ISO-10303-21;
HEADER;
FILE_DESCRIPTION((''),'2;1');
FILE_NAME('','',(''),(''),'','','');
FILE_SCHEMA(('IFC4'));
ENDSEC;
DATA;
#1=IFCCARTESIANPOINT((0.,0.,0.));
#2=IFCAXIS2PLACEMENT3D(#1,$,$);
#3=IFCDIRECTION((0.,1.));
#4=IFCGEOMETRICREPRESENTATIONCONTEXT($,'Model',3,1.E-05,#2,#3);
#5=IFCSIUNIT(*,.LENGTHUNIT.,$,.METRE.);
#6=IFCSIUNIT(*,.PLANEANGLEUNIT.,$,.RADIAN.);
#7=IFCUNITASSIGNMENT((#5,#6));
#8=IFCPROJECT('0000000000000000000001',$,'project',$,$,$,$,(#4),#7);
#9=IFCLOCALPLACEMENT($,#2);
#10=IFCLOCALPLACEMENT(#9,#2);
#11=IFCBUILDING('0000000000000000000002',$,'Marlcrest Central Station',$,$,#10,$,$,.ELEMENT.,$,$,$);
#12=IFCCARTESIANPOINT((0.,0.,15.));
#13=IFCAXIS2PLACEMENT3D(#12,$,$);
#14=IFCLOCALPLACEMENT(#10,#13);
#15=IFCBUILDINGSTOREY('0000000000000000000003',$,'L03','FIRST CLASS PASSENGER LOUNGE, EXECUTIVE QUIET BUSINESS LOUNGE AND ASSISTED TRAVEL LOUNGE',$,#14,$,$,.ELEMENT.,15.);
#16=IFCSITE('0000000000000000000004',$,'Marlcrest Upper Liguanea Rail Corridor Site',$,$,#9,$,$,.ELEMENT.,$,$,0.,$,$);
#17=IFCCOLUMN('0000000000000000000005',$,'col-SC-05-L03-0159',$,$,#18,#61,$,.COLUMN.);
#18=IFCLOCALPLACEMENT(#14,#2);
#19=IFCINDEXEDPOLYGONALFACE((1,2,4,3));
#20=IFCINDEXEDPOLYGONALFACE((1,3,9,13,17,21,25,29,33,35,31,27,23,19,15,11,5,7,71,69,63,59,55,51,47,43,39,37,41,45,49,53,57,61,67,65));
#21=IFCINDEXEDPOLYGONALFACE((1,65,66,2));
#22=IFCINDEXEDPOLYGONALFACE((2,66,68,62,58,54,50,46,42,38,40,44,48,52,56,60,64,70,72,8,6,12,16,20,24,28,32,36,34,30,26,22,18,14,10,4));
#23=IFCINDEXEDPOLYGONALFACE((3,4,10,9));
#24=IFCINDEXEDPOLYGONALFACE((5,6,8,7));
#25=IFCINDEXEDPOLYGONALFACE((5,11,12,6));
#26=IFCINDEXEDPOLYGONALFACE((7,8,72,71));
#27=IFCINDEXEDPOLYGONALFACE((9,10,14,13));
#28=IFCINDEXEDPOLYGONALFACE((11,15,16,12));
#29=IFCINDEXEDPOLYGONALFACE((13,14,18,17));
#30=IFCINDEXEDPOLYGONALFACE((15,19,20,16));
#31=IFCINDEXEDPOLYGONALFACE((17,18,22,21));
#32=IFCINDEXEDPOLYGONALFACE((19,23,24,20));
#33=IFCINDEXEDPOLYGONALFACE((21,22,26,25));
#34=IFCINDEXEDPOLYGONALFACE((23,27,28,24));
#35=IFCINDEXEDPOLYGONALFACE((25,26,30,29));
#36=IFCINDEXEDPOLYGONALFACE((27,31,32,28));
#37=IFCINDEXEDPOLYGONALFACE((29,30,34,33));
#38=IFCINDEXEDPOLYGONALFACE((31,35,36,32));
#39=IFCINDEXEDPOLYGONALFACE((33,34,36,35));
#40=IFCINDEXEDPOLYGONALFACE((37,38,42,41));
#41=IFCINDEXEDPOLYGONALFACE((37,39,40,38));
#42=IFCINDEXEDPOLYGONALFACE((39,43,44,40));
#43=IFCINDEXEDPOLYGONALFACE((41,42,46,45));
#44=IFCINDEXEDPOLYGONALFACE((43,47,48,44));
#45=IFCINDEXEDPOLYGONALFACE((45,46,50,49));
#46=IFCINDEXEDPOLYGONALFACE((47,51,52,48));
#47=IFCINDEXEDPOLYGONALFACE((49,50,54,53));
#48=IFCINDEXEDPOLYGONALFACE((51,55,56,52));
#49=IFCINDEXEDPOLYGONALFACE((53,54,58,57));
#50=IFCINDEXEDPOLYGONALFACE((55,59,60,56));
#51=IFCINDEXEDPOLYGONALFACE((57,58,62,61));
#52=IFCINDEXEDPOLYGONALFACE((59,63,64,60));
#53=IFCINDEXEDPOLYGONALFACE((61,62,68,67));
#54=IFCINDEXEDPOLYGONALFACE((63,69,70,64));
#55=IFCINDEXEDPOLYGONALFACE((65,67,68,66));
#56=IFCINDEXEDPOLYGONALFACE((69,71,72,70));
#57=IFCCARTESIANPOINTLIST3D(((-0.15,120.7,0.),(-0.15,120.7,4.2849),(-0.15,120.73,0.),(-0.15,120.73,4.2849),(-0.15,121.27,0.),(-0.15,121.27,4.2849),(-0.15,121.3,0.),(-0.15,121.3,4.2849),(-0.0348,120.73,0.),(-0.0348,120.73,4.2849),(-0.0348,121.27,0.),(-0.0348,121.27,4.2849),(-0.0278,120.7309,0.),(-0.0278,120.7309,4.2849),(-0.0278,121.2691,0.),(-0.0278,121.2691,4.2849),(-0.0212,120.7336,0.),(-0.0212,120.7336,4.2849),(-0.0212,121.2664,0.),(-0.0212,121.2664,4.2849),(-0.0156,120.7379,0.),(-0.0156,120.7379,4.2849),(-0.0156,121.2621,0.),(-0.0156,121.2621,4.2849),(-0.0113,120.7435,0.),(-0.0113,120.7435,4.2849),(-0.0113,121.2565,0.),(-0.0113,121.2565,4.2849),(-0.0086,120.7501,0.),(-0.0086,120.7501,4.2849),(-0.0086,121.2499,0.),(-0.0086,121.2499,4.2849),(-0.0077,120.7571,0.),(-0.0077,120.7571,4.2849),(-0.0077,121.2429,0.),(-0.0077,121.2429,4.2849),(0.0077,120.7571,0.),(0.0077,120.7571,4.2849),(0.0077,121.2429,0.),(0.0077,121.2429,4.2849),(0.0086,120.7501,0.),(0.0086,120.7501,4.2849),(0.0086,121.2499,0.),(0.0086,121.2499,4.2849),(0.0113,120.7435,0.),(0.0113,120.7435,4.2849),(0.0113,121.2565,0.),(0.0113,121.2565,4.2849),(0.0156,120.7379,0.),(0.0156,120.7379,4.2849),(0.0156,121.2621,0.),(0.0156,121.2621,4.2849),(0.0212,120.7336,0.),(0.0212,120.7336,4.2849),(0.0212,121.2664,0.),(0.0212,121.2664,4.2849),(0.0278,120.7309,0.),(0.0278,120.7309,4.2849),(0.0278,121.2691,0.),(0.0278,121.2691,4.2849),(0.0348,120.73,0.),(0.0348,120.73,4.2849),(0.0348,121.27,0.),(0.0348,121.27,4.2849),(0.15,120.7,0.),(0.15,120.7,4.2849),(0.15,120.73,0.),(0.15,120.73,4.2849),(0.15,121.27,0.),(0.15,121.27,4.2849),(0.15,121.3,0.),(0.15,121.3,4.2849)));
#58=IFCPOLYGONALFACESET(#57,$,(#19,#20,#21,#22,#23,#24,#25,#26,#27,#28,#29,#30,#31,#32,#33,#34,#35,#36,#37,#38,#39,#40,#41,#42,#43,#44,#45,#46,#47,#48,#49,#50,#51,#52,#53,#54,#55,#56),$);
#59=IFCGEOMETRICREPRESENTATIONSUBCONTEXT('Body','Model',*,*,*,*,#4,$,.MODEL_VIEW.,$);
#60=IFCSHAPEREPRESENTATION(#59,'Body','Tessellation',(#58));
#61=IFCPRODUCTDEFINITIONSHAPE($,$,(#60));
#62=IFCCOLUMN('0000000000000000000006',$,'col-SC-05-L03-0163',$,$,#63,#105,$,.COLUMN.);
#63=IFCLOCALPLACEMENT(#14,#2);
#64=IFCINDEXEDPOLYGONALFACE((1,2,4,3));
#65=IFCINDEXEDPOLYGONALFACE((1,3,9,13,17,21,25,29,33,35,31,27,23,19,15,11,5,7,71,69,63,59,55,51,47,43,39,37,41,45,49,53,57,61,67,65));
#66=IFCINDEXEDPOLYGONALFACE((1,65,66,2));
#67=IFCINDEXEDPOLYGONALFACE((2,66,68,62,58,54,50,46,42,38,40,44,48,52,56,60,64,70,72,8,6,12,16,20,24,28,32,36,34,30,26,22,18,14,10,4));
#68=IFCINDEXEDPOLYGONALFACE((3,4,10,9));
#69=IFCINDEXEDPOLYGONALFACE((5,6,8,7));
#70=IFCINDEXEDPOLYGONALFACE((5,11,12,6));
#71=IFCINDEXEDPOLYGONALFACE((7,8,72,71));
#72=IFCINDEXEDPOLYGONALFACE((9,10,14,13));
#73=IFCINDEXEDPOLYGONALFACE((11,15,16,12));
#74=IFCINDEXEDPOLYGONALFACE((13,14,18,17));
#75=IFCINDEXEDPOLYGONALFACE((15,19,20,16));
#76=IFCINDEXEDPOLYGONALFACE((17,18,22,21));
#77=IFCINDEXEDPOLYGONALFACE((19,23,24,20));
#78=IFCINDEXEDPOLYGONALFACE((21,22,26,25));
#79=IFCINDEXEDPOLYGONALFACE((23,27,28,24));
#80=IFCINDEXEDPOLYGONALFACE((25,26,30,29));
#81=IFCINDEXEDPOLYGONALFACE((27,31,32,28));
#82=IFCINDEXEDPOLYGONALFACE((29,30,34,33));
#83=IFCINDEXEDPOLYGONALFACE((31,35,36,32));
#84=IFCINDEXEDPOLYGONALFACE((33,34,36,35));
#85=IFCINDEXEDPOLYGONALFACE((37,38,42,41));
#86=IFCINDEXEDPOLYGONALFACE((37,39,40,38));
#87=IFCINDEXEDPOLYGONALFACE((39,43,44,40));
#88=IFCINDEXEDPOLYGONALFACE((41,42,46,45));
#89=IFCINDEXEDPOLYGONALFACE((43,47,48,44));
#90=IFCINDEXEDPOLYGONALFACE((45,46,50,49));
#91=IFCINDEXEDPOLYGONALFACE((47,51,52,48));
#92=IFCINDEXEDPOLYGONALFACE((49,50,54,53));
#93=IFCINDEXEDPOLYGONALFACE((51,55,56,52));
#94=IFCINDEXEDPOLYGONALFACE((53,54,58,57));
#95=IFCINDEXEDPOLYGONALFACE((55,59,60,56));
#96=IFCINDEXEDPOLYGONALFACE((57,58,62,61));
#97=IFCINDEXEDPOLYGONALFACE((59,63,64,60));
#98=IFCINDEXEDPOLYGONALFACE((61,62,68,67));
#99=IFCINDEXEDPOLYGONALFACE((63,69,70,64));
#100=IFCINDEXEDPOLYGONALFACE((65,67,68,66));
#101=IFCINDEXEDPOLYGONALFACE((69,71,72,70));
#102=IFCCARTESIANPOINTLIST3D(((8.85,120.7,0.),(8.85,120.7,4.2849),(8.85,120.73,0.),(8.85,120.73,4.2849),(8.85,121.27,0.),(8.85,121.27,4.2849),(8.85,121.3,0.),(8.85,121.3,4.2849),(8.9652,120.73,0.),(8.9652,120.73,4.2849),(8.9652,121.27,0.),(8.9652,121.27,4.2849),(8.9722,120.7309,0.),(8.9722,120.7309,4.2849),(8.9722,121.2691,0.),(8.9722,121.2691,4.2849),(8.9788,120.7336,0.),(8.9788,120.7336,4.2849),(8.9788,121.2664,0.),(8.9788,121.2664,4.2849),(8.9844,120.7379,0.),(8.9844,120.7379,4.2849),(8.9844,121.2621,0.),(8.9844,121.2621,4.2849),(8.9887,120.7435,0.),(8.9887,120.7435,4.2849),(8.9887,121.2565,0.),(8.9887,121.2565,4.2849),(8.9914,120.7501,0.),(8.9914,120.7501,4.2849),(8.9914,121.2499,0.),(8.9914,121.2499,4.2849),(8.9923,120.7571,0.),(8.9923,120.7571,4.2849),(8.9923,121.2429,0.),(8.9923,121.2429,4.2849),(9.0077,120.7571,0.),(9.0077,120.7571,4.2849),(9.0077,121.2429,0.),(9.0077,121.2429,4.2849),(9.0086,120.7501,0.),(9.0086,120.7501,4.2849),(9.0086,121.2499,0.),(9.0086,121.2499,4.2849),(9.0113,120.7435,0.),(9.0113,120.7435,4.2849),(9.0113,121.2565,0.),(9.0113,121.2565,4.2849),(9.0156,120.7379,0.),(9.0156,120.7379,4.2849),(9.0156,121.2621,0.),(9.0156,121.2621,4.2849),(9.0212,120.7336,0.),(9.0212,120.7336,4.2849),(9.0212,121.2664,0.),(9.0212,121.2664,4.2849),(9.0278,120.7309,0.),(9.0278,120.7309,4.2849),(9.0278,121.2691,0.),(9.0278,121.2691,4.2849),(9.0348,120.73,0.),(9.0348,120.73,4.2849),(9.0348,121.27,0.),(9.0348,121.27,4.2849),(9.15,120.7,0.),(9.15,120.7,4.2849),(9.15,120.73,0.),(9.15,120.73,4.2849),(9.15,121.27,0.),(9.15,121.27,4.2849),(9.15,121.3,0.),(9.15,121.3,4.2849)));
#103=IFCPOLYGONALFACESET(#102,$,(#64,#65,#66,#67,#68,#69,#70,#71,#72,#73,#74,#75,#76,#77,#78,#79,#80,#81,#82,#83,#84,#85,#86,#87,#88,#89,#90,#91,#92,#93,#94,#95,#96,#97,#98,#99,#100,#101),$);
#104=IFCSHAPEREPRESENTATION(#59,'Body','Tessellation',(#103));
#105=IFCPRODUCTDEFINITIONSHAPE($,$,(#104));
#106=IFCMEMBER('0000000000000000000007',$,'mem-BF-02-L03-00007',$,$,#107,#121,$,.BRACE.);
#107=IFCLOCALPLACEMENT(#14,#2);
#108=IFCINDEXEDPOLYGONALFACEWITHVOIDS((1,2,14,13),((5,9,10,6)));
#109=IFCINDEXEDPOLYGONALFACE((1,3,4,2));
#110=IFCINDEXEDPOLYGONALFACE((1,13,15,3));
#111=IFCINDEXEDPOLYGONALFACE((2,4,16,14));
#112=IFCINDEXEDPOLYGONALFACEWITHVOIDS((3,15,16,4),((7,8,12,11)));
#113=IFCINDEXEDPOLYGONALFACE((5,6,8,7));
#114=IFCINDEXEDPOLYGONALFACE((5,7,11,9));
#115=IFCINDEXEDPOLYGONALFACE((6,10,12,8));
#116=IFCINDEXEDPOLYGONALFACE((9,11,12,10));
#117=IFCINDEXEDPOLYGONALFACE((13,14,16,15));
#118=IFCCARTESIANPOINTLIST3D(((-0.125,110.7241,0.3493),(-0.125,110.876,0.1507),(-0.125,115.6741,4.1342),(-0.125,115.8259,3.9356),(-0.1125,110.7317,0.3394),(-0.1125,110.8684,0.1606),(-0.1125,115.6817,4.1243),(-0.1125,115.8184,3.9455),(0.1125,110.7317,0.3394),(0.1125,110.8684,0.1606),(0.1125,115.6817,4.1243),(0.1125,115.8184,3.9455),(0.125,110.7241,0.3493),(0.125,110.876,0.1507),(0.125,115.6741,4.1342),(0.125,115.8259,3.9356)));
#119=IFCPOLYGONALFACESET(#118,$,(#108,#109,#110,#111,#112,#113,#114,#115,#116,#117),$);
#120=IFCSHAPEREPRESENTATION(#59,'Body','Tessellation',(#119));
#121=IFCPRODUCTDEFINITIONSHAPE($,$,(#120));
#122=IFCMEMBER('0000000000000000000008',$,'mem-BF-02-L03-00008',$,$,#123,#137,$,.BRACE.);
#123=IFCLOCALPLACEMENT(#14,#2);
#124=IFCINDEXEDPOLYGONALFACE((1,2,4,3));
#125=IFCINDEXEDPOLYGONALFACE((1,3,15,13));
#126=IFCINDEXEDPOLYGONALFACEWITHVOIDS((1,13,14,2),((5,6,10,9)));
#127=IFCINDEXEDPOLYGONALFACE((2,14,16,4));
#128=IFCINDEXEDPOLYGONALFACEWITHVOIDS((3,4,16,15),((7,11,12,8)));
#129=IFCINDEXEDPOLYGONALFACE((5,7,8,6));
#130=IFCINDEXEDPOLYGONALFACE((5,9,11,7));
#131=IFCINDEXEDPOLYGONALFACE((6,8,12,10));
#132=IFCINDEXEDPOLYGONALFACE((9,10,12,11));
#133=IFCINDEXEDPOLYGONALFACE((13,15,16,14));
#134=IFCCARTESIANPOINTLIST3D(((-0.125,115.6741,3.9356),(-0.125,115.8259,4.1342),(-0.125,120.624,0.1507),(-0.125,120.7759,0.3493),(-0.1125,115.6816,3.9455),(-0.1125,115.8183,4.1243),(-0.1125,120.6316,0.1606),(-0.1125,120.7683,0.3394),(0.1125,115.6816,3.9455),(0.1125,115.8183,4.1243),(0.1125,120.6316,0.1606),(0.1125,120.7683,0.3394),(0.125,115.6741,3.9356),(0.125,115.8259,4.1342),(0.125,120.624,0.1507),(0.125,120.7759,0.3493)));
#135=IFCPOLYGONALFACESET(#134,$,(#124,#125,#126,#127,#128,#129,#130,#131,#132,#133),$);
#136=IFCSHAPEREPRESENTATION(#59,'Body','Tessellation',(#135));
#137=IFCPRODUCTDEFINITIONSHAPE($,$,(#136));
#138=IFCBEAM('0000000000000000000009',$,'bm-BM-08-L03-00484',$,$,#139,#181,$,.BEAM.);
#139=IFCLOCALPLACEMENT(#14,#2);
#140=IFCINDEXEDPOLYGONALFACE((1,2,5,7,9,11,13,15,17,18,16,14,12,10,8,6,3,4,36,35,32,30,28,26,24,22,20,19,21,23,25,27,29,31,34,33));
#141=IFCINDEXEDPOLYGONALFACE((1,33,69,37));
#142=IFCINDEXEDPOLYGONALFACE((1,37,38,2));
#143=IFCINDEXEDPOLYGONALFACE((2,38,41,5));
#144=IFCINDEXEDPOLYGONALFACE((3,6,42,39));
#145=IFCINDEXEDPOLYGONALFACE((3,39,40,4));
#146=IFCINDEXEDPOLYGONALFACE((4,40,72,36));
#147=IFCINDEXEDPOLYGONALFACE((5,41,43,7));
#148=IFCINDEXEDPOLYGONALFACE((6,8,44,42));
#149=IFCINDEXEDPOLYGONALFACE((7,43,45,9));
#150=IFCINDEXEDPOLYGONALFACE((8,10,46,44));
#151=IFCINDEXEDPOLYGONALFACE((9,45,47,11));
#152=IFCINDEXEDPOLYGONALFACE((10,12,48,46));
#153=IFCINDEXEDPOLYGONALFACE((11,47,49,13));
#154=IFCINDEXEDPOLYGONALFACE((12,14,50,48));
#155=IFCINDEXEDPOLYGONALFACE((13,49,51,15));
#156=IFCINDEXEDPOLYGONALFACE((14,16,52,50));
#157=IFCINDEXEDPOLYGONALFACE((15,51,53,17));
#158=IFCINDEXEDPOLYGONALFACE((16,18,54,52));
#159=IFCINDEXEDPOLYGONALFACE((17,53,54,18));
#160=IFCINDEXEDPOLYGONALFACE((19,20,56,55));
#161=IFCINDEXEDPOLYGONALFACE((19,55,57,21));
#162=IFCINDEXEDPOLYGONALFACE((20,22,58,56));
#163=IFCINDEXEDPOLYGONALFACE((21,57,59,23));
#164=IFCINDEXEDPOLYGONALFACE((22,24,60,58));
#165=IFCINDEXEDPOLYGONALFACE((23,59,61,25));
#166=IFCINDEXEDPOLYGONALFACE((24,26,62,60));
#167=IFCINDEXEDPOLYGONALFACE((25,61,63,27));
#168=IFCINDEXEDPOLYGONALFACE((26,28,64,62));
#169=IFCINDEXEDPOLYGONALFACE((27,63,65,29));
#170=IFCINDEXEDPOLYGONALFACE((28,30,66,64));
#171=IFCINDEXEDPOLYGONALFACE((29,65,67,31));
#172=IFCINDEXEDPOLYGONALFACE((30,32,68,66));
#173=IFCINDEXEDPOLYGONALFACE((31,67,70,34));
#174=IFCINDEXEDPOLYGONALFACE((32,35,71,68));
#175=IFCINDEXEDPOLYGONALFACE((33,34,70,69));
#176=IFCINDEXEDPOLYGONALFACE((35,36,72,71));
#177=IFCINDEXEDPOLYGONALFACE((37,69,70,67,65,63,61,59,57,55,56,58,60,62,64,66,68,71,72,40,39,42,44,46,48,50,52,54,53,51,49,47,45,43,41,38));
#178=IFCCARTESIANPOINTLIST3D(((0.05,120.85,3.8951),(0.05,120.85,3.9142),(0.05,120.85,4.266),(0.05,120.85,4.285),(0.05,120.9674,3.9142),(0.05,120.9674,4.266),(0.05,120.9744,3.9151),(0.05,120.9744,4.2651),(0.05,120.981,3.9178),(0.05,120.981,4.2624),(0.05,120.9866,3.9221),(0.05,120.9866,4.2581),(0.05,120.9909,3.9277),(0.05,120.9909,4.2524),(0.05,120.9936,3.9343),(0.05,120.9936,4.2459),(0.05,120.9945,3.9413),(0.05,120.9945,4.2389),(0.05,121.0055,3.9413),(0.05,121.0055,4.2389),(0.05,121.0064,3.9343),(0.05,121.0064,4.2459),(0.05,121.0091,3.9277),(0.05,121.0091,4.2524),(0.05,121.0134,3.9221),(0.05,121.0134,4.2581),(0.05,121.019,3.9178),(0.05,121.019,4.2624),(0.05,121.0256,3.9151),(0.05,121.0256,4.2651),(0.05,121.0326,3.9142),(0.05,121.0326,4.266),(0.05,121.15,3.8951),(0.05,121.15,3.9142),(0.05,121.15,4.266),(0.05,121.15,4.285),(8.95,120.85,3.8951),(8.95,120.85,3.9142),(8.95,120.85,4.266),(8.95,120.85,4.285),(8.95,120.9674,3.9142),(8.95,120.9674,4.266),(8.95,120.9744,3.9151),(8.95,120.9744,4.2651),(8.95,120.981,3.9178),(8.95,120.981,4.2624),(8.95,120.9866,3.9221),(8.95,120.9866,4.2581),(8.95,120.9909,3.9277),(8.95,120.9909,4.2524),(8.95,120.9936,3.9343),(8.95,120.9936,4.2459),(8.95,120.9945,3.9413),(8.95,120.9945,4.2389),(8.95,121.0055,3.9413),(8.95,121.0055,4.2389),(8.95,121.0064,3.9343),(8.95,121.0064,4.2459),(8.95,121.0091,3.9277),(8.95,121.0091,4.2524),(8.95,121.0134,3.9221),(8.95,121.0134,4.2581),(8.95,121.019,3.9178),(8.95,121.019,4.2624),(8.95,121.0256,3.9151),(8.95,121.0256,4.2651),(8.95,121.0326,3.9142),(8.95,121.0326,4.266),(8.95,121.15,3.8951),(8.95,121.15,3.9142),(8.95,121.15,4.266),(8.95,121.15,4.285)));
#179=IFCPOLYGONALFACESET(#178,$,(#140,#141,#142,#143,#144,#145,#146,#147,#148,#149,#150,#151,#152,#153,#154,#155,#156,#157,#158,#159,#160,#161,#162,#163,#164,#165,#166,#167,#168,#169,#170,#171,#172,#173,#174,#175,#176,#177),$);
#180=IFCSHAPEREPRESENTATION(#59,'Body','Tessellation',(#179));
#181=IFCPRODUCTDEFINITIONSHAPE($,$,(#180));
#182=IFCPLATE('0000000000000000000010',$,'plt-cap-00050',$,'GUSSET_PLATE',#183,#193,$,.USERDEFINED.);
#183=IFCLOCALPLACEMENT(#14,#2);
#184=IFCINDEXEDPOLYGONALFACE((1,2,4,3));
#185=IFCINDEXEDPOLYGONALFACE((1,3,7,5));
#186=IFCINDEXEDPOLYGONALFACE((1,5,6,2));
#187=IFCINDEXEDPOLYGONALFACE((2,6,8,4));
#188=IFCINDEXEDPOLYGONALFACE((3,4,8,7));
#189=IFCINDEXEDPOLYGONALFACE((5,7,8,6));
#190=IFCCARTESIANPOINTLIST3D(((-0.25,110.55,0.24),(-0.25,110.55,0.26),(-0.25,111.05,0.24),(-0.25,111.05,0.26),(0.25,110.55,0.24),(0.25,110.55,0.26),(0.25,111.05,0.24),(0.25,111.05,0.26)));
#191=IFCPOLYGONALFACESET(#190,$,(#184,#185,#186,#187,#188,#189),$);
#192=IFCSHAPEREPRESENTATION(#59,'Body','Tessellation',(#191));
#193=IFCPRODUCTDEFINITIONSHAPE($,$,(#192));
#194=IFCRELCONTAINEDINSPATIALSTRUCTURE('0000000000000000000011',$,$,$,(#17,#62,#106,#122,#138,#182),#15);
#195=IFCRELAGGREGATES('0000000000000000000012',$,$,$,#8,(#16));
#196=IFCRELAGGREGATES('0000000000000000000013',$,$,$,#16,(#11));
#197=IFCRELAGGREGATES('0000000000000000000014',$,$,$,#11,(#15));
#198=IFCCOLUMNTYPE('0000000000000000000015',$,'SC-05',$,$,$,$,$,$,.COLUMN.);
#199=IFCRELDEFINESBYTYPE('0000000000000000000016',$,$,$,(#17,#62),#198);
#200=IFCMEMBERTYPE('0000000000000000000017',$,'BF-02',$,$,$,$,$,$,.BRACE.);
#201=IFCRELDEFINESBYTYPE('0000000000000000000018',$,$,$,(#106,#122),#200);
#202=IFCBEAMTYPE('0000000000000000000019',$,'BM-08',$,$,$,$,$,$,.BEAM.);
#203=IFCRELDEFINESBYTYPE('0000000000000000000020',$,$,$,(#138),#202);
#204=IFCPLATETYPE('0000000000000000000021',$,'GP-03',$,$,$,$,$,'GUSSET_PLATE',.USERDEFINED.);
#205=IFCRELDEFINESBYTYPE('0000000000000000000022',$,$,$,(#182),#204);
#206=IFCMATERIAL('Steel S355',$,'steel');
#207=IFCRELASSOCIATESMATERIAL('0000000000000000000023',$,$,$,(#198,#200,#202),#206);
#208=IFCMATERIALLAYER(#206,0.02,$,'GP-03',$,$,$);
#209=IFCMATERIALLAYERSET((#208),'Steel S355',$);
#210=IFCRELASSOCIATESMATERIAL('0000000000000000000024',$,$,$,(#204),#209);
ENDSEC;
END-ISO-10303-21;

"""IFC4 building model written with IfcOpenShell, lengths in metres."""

from ifc_helpers import new_model, si_unit, direction, frame, origin, origin_2d, place, context, subcontext, project, spatial, rectangle, hollow_rectangle, i_section, extrude, material, layer, layer_set, material_profile, profile_set, type_object, element, save


model = new_model("IFC4")

# Units and contexts
model_context = context("Model", 3, precision=1e-05, world=origin(), true_north=direction((0.0, 1.0)))
body_context = subcontext(model_context, "Body", "Model", "MODEL_VIEW")
ifc_project = project(units=[si_unit("LENGTHUNIT", "METRE"), si_unit("PLANEANGLEUNIT", "RADIAN")], contexts=[model_context])

# Site, building, storey
site_placement = place(None, origin())
site = spatial("IfcSite", under=ifc_project, at=site_placement, Name="Marlcrest Upper Liguanea Rail Corridor Site", CompositionType="ELEMENT", RefElevation=0.0)
building_placement = place(site_placement, origin())
building = spatial("IfcBuilding", under=site, at=building_placement, Name="Marlcrest Central Station", CompositionType="ELEMENT")
storey_placement = place(building_placement, frame((0.0, 0.0, 15.0)))
storey = spatial("IfcBuildingStorey", under=building, at=storey_placement, Name="L03", Description="FIRST CLASS PASSENGER LOUNGE, EXECUTIVE QUIET BUSINESS LOUNGE AND ASSISTED TRAVEL LOUNGE", CompositionType="ELEMENT", Elevation=15.0)

# Columns
ifc_material_1 = material(Name="Steel S355", Category="steel")
ifc_material_profile_1 = material_profile(ifc_material_1, i_section(OverallWidth=0.3, OverallDepth=0.6001, WebThickness=0.0154, FlangeThickness=0.03, FilletRadius=0.0271, at=origin_2d()), Name="HEB 600")
ifc_profile_set_1 = profile_set([ifc_material_profile_1], Name="Steel S355")
column_type = type_object("IfcColumnType", Name="SC-05", PredefinedType="COLUMN", material=ifc_profile_set_1)
for number, where, z_axis, x_axis, name in (
    (1, (0.0, 121.0, 0.0), (0.0, 0.0, 1.0), (1.0, 0.0, 0.0), "col-SC-05-L03-0159"),
    (2, (9.0, 121.0, 0.0), (0.0, 0.0, 1.0), (1.0, 0.0, 0.0), "col-SC-05-L03-0163"),
):
    element("IfcColumn", number, at=place(storey_placement, frame(where, z_axis=z_axis, x_axis=x_axis)), inside=storey, type_object=column_type, Name=name, PredefinedType="COLUMN", context=body_context, shape_type="SweptSolid", body=[
        extrude(i_section(OverallWidth=0.3, OverallDepth=0.6001, WebThickness=0.0154, FlangeThickness=0.03, FilletRadius=0.0271, at=origin_2d()), origin(), (0.0, 0.0, 1.0), 4.2849),
    ])

# Members
ifc_material_profile_2 = material_profile(ifc_material_1, hollow_rectangle(XDim=0.25, YDim=0.25, WallThickness=0.0125, at=origin_2d()), Name="SHS 250x250x12.5")
ifc_profile_set_2 = profile_set([ifc_material_profile_2], Name="Steel S355")
member_type = type_object("IfcMemberType", Name="BF-02", PredefinedType="BRACE", material=ifc_profile_set_2)
for number, where, z_axis, x_axis, name in (
    (3, (0.0, 110.8, 0.25), (0.0, 0.794385, 0.607415), (-1.0, 0.0, 0.0), "mem-BF-02-L03-00007"),
    (4, (0.0, 120.7, 0.25), (0.0, -0.794385, 0.607415), (1.0, 0.0, 0.0), "mem-BF-02-L03-00008"),
):
    element("IfcMember", number, at=place(storey_placement, frame(where, z_axis=z_axis, x_axis=x_axis)), inside=storey, type_object=member_type, Name=name, PredefinedType="BRACE", context=body_context, shape_type="SweptSolid", body=[
        extrude(hollow_rectangle(XDim=0.25, YDim=0.25, WallThickness=0.0125, at=origin_2d()), origin(), (0.0, 0.0, 1.0), 6.2312),
    ])

# Beam
ifc_material_profile_3 = material_profile(ifc_material_1, i_section(OverallWidth=0.3, OverallDepth=0.3899, WebThickness=0.011, FlangeThickness=0.019, FilletRadius=0.0271, at=origin_2d()), Name="HEA 400")
ifc_profile_set_3 = profile_set([ifc_material_profile_3], Name="Steel S355")
beam_type = type_object("IfcBeamType", Name="BM-08", PredefinedType="BEAM", material=ifc_profile_set_3)
beam_placement = place(storey_placement, frame((0.05, 121.0, 4.0901), z_axis=(1.0, 0.0, 0.0), x_axis=(0.0, 1.0, 0.0)))
element("IfcBeam", 5, at=beam_placement, inside=storey, type_object=beam_type, Name="bm-BM-08-L03-00484", PredefinedType="BEAM", context=body_context, shape_type="SweptSolid", body=[
    extrude(i_section(OverallWidth=0.3, OverallDepth=0.3899, WebThickness=0.011, FlangeThickness=0.019, FilletRadius=0.0271, at=origin_2d()), origin(), (0.0, 0.0, 1.0), 8.8999),
])

# Plate
ifc_layer_1 = layer(ifc_material_1, 0.02, Name="GP-03")
ifc_layer_set_1 = layer_set([ifc_layer_1], Name="Steel S355")
plate_type = type_object("IfcPlateType", Name="GP-03", ElementType="GUSSET_PLATE", PredefinedType="USERDEFINED", material=ifc_layer_set_1)
for number, where, z_axis, x_axis, name in (
    (6, (0.0, 110.8, 0.24), (0.0, 0.0, 1.0), (1.0, 0.0, 0.0), "plt-cap-00050"),
):
    element("IfcPlate", number, at=place(storey_placement, frame(where, z_axis=z_axis, x_axis=x_axis)), inside=storey, type_object=plate_type, Name=name, ObjectType="GUSSET_PLATE", PredefinedType="USERDEFINED", context=body_context, shape_type="SweptSolid", body=[
        extrude(rectangle(XDim=0.5, YDim=0.5, at=origin_2d()), origin(), (0.0, 0.0, 1.0), 0.02),
    ])

save(model, "model.ifc")
